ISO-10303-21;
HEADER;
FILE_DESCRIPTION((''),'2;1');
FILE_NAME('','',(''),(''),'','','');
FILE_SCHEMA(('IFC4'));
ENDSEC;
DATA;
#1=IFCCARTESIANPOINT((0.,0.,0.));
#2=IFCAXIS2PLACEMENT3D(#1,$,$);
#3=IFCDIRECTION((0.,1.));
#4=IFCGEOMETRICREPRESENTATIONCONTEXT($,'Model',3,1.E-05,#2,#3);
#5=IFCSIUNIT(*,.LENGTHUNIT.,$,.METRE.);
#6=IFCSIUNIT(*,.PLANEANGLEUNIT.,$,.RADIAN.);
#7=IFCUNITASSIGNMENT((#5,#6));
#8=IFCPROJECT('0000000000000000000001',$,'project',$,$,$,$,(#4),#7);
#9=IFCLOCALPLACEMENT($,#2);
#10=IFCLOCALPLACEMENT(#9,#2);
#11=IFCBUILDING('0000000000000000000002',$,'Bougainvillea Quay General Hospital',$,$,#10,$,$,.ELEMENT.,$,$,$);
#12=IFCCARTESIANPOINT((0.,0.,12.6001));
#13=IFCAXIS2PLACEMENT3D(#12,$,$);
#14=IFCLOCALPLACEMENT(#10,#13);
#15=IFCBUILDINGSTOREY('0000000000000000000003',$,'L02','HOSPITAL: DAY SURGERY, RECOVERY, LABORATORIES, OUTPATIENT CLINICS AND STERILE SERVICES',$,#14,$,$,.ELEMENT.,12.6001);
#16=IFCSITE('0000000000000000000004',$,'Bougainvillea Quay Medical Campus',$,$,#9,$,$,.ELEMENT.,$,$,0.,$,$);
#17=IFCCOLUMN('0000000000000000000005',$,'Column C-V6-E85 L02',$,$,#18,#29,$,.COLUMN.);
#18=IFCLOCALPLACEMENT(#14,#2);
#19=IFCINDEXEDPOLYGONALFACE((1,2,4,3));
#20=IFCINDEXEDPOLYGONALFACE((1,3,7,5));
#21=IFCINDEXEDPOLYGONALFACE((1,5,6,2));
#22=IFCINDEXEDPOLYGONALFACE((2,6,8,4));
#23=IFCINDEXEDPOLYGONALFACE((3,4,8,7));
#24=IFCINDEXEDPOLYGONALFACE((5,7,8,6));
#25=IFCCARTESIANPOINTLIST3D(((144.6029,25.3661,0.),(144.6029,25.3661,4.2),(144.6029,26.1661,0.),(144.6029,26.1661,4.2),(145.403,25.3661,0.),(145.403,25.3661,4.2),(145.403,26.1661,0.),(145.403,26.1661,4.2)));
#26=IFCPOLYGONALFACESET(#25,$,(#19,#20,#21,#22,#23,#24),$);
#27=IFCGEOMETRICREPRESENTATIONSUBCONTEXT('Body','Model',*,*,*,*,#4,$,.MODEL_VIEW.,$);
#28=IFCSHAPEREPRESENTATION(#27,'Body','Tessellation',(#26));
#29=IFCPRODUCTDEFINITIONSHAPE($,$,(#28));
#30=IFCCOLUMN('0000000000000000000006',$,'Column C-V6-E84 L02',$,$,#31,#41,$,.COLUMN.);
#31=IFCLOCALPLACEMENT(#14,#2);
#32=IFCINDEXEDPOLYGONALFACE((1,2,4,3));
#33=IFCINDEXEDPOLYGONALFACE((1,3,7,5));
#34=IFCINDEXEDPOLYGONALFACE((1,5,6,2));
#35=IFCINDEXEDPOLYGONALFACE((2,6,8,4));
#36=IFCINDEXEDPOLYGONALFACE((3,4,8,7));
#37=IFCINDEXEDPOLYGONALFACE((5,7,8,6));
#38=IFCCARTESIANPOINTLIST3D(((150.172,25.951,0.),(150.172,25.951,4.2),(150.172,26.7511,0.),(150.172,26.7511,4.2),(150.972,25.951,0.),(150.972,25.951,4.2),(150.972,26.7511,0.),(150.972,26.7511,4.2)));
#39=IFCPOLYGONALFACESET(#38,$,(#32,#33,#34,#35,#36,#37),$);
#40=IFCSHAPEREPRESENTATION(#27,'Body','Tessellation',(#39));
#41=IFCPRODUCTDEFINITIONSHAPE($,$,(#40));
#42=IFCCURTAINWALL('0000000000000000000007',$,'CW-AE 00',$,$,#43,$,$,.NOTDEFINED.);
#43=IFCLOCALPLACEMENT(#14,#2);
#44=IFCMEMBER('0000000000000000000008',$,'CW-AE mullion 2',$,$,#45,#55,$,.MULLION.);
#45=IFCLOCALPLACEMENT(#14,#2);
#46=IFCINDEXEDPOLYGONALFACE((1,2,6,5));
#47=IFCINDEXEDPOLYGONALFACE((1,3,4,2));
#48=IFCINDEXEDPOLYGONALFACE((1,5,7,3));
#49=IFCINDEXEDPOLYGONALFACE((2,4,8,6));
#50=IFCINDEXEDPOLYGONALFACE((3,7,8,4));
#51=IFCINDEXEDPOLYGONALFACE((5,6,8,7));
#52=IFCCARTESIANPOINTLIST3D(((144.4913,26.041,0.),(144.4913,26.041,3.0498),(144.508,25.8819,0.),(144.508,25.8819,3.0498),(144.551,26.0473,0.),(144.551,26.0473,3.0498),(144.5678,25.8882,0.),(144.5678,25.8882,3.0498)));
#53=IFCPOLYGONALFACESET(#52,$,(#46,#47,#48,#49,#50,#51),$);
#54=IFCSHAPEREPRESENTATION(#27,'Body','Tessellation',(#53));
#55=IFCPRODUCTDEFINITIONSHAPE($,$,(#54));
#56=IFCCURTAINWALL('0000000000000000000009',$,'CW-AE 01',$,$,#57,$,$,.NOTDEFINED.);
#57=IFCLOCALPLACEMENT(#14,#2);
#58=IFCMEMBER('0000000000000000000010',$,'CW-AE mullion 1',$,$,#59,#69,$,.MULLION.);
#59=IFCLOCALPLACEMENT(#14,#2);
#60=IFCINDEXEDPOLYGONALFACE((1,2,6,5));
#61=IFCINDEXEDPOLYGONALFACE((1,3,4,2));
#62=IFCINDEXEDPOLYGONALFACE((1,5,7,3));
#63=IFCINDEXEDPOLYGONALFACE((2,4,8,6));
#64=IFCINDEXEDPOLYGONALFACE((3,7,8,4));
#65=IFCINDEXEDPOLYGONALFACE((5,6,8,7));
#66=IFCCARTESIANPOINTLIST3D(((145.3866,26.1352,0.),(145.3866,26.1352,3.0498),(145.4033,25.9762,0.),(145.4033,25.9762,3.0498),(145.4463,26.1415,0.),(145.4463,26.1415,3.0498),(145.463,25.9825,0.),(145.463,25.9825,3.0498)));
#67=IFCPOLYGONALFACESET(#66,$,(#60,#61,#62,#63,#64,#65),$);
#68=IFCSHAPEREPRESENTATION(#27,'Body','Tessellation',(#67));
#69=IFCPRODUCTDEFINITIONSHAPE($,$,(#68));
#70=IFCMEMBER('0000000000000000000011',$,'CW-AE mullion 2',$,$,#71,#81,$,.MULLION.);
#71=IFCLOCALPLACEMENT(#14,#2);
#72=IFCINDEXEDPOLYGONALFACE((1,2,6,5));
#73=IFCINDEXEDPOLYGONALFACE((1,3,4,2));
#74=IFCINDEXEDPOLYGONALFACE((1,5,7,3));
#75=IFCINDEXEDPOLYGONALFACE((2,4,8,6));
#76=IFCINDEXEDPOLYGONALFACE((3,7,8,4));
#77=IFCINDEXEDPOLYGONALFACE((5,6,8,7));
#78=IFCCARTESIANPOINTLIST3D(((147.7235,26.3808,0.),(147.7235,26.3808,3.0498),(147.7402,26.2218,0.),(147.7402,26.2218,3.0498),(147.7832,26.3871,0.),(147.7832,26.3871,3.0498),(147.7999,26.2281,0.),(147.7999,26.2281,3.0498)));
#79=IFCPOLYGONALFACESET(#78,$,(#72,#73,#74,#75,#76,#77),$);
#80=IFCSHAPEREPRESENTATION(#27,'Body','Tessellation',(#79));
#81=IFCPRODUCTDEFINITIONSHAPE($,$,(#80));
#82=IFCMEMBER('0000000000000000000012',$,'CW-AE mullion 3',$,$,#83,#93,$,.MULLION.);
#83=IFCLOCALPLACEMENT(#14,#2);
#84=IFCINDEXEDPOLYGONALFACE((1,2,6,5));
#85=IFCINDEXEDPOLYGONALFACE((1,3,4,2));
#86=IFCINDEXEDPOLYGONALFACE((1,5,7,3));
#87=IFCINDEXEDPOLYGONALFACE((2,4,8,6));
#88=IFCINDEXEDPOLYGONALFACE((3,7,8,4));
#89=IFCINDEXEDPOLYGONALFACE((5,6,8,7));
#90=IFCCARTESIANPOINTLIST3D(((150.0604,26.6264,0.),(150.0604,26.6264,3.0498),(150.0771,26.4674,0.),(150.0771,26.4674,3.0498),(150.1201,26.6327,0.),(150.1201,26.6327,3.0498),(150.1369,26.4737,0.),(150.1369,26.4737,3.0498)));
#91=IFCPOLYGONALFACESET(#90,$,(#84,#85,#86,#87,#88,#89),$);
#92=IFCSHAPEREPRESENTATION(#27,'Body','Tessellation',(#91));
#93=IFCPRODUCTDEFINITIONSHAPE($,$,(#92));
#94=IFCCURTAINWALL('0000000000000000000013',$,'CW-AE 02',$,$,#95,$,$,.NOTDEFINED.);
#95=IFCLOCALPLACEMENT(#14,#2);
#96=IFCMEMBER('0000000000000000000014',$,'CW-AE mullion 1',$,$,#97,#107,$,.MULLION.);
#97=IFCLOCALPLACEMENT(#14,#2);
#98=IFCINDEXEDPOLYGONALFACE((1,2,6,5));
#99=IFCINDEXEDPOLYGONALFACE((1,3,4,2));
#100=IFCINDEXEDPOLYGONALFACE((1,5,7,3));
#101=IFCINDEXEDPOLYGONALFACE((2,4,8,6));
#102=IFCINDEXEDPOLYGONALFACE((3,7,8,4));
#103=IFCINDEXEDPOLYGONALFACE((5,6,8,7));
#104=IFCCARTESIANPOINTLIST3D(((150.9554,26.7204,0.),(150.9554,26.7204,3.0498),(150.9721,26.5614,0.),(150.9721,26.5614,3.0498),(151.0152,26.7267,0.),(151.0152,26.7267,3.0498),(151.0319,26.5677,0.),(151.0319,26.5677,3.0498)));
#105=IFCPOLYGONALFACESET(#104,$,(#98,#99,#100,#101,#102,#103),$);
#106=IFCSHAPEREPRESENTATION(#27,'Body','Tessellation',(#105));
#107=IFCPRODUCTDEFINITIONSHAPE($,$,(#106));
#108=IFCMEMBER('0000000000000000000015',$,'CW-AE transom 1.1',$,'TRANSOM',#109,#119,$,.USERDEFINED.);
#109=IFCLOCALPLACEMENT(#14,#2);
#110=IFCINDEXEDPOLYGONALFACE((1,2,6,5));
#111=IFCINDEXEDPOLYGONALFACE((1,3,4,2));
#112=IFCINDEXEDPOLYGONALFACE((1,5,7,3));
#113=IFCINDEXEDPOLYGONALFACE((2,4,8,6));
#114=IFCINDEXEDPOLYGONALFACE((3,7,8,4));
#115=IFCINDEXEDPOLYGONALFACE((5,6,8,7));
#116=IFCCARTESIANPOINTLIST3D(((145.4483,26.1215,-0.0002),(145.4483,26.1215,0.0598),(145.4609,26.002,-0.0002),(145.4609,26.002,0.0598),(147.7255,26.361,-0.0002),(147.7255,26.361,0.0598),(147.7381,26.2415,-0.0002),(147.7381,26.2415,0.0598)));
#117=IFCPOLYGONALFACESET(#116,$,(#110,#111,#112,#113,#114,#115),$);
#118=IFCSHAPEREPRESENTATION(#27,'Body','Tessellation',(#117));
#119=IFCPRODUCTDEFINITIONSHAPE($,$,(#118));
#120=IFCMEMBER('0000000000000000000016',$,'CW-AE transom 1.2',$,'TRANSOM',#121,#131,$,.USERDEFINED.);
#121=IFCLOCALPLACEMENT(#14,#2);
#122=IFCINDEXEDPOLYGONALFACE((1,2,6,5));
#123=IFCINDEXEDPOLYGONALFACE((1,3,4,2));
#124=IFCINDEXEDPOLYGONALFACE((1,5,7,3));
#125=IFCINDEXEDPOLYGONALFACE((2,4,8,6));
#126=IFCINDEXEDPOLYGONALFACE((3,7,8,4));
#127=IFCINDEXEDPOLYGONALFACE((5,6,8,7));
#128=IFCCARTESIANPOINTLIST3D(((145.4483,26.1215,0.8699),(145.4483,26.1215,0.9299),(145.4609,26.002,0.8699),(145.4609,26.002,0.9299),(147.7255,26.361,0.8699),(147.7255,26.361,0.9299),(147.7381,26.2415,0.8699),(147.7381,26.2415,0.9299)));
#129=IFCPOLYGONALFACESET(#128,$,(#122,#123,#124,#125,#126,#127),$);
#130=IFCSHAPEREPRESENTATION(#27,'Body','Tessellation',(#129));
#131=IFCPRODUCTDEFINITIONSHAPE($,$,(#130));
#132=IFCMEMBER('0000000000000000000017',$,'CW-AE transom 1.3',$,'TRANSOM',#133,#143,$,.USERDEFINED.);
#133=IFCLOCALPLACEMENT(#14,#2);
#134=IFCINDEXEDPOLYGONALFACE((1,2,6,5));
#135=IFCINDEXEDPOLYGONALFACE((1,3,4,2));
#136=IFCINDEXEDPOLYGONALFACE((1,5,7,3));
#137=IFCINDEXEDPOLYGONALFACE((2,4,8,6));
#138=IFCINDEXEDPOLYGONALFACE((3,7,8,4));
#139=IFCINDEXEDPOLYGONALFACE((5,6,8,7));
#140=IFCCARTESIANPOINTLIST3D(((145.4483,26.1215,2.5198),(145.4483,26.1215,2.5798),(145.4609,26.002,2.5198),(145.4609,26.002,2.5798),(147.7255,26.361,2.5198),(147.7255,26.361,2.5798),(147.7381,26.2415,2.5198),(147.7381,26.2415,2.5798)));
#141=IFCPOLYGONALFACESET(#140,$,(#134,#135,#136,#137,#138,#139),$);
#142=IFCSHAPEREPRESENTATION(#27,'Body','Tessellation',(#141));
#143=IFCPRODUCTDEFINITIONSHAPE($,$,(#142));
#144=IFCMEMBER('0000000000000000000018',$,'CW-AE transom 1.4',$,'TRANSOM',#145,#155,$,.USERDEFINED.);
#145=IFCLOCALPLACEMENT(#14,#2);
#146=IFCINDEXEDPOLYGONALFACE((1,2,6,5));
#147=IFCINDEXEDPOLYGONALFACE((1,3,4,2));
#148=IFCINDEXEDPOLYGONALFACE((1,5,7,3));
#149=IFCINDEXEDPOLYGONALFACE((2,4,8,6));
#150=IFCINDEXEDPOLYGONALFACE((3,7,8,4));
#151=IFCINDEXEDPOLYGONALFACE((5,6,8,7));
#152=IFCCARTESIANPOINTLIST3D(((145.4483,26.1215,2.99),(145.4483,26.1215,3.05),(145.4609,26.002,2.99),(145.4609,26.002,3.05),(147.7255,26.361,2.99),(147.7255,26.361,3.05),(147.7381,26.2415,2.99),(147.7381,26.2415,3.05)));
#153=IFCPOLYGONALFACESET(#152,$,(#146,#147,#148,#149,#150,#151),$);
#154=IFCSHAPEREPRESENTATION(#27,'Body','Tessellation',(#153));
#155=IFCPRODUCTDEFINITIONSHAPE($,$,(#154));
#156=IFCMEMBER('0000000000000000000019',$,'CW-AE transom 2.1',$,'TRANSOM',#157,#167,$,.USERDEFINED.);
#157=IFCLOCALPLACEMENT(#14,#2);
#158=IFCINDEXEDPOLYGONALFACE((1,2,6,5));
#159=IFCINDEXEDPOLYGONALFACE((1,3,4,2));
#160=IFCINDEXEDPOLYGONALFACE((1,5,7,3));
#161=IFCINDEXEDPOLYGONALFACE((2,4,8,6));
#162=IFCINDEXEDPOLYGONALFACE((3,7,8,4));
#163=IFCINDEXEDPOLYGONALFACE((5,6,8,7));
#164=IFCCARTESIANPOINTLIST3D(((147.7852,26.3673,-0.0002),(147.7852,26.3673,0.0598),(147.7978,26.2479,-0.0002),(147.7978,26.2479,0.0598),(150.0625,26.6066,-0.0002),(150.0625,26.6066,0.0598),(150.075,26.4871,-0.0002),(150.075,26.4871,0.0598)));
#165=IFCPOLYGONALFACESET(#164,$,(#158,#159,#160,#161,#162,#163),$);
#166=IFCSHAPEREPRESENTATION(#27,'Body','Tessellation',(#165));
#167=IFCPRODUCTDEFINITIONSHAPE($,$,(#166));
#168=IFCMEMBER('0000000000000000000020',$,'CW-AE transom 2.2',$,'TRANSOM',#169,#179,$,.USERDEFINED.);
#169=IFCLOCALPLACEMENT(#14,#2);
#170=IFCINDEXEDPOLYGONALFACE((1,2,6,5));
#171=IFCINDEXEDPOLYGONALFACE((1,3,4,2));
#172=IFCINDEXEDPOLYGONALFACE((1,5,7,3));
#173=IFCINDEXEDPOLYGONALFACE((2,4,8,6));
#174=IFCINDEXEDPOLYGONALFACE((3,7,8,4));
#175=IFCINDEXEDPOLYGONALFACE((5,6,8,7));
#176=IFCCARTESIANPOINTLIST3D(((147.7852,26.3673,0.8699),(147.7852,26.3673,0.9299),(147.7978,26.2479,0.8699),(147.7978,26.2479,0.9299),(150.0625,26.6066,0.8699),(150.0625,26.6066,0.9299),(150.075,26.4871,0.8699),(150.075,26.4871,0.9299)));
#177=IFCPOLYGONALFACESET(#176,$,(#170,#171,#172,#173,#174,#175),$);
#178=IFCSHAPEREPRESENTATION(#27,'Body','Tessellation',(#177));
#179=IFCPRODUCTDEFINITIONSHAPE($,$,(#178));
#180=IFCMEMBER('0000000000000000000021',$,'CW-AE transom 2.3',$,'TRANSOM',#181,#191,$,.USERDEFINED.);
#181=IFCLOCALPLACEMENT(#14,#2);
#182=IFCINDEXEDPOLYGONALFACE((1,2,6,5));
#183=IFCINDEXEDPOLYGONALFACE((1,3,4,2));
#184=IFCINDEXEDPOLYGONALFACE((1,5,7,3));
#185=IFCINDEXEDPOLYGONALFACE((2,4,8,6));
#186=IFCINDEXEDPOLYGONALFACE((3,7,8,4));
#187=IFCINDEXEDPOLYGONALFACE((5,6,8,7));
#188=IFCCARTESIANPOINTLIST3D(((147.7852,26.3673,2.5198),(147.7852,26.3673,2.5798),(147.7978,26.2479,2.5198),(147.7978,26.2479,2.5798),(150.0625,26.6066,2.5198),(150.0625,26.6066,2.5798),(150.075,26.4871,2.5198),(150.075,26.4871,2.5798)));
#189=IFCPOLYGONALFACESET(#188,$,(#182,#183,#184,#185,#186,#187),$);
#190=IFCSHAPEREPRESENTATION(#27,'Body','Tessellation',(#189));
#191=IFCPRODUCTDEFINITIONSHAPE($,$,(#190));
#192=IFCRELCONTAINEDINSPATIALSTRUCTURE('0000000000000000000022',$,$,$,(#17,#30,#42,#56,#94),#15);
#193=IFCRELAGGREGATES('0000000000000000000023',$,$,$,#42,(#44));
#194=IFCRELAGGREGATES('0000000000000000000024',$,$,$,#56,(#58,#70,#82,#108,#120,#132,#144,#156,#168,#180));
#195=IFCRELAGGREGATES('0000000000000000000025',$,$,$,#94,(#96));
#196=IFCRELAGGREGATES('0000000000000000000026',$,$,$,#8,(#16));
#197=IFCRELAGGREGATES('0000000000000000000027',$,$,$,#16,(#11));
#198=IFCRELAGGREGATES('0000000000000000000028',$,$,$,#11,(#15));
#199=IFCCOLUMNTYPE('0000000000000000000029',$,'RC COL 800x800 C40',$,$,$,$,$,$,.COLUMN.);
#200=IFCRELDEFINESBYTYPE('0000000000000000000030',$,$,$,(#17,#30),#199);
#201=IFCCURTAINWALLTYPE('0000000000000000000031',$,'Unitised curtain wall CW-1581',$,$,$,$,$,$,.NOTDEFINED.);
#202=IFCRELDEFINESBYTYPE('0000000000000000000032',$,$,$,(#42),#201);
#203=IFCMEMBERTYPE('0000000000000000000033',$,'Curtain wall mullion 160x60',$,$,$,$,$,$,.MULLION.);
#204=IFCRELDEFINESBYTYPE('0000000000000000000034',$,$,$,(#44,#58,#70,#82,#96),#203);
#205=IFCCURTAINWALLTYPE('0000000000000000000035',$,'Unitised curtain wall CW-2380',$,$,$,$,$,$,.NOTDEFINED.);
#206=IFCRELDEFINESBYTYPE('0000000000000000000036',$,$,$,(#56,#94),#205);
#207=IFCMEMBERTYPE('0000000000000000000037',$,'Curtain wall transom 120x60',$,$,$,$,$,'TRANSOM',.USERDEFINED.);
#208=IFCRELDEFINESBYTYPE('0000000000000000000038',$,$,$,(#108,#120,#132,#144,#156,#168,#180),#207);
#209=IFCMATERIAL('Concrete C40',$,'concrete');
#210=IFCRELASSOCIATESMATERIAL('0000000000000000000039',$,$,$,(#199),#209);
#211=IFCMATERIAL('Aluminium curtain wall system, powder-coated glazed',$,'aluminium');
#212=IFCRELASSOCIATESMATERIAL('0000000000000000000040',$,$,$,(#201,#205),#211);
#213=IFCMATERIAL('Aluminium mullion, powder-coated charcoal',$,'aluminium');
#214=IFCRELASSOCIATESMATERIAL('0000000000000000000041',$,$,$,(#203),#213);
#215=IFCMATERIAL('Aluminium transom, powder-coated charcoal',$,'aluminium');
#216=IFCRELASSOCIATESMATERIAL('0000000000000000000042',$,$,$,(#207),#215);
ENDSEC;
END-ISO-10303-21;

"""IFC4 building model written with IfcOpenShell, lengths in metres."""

from ifc_helpers import new_model, si_unit, direction, frame, origin, origin_2d, place, context, subcontext, project, spatial, rectangle, extrude, material, material_profile, profile_set, type_object, element, aggregate, save


model = new_model("IFC4")

# Units and contexts
model_context = context("Model", 3, precision=1e-05, world=origin(), true_north=direction((0.0, 1.0)))
body_context = subcontext(model_context, "Body", "Model", "MODEL_VIEW")
ifc_project = project(units=[si_unit("LENGTHUNIT", "METRE"), si_unit("PLANEANGLEUNIT", "RADIAN")], contexts=[model_context])

# Site, building, storey
site_placement = place(None, origin())
site = spatial("IfcSite", under=ifc_project, at=site_placement, Name="Bougainvillea Quay Medical Campus", CompositionType="ELEMENT", RefElevation=0.0)
building_placement = place(site_placement, origin())
building = spatial("IfcBuilding", under=site, at=building_placement, Name="Bougainvillea Quay General Hospital", CompositionType="ELEMENT")
storey_placement = place(building_placement, frame((0.0, 0.0, 12.6001)))
storey = spatial("IfcBuildingStorey", under=building, at=storey_placement, Name="L02", Description="HOSPITAL: DAY SURGERY, RECOVERY, LABORATORIES, OUTPATIENT CLINICS AND STERILE SERVICES", CompositionType="ELEMENT", Elevation=12.6001)

# Columns
ifc_material_1 = material(Name="Concrete C40", Category="concrete")
ifc_material_profile_1 = material_profile(ifc_material_1, rectangle(XDim=0.8, YDim=0.8, at=origin_2d()))
ifc_profile_set_1 = profile_set([ifc_material_profile_1], Name="Concrete C40")
column_type = type_object("IfcColumnType", Name="RC COL 800x800 C40", PredefinedType="COLUMN", material=ifc_profile_set_1)
for number, where, z_axis, x_axis, name in (
    (1, (145.0029, 25.7661, 0.0), (0.0, 0.0, 1.0), (1.0, 0.0, 0.0), "Column C-V6-E85 L02"),
    (2, (150.572, 26.3511, 0.0), (0.0, 0.0, 1.0), (1.0, 0.0, 0.0), "Column C-V6-E84 L02"),
):
    element("IfcColumn", number, at=place(storey_placement, frame(where, z_axis=z_axis, x_axis=x_axis)), inside=storey, type_object=column_type, Name=name, PredefinedType="COLUMN", context=body_context, shape_type="SweptSolid", body=[
        extrude(rectangle(XDim=0.8, YDim=0.8, at=origin_2d()), origin(), (0.0, 0.0, 1.0), 4.2),
    ])

# Curtain wall, member
ifc_material_2 = material(Name="Aluminium curtain wall system, powder-coated glazed", Category="aluminium")
curtain_wall_type_1 = type_object("IfcCurtainWallType", Name="Unitised curtain wall CW-1581", PredefinedType="NOTDEFINED", material=ifc_material_2)
curtain_wall_1_placement = place(storey_placement, origin())
curtain_wall_1 = element("IfcCurtainWall", 3, at=curtain_wall_1_placement, inside=storey, type_object=curtain_wall_type_1, Name="CW-AE 00", PredefinedType="NOTDEFINED")
ifc_material_3 = material(Name="Aluminium mullion, powder-coated charcoal", Category="aluminium")
ifc_material_profile_2 = material_profile(ifc_material_3, rectangle(XDim=0.1599, YDim=0.0601, at=origin_2d()))
ifc_profile_set_2 = profile_set([ifc_material_profile_2], Name="Aluminium mullion, powder-coated charcoal")
member_type_1 = type_object("IfcMemberType", Name="Curtain wall mullion 160x60", PredefinedType="MULLION", material=ifc_profile_set_2)
member_1_placement = place(storey_placement, frame((144.5295, 25.9646, 0.0), z_axis=(0.0, 0.0, 1.0), x_axis=(-0.104527, 0.994522, 0.0)))
member_1 = element("IfcMember", 4, at=member_1_placement, type_object=member_type_1, Name="CW-AE mullion 2", PredefinedType="MULLION", context=body_context, shape_type="SweptSolid", body=[
    extrude(rectangle(XDim=0.1599, YDim=0.0601, at=origin_2d()), origin(), (0.0, 0.0, 1.0), 3.0498),
])

# Curtain wall, members
curtain_wall_type_2 = type_object("IfcCurtainWallType", Name="Unitised curtain wall CW-2380", PredefinedType="NOTDEFINED", material=ifc_material_2)
curtain_wall_2_placement = place(storey_placement, origin())
curtain_wall_2 = element("IfcCurtainWall", 5, at=curtain_wall_2_placement, inside=storey, type_object=curtain_wall_type_2, Name="CW-AE 01", PredefinedType="NOTDEFINED")
member_2_placement = place(storey_placement, frame((145.4248, 26.0588, 0.0), z_axis=(0.0, 0.0, 1.0), x_axis=(-0.104527, 0.994522, 0.0)))
member_2 = element("IfcMember", 6, at=member_2_placement, type_object=member_type_1, Name="CW-AE mullion 1", PredefinedType="MULLION", context=body_context, shape_type="SweptSolid", body=[
    extrude(rectangle(XDim=0.1599, YDim=0.0601, at=origin_2d()), origin(), (0.0, 0.0, 1.0), 3.0498),
])
member_3_placement = place(storey_placement, frame((147.7617, 26.3044, 0.0), z_axis=(0.0, 0.0, 1.0), x_axis=(-0.104527, 0.994522, 0.0)))
member_3 = element("IfcMember", 7, at=member_3_placement, type_object=member_type_1, Name="CW-AE mullion 2", PredefinedType="MULLION", context=body_context, shape_type="SweptSolid", body=[
    extrude(rectangle(XDim=0.1599, YDim=0.0601, at=origin_2d()), origin(), (0.0, 0.0, 1.0), 3.0498),
])
member_4_placement = place(storey_placement, frame((150.0986, 26.55, 0.0), z_axis=(0.0, 0.0, 1.0), x_axis=(-0.104527, 0.994522, 0.0)))
member_4 = element("IfcMember", 8, at=member_4_placement, type_object=member_type_1, Name="CW-AE mullion 3", PredefinedType="MULLION", context=body_context, shape_type="SweptSolid", body=[
    extrude(rectangle(XDim=0.1599, YDim=0.0601, at=origin_2d()), origin(), (0.0, 0.0, 1.0), 3.0498),
])

# Curtain wall, member
curtain_wall_3_placement = place(storey_placement, origin())
curtain_wall_3 = element("IfcCurtainWall", 9, at=curtain_wall_3_placement, inside=storey, type_object=curtain_wall_type_2, Name="CW-AE 02", PredefinedType="NOTDEFINED")
member_5_placement = place(storey_placement, frame((150.9937, 26.644, 0.0), z_axis=(0.0, 0.0, 1.0), x_axis=(-0.104527, 0.994522, 0.0)))
member_5 = element("IfcMember", 10, at=member_5_placement, type_object=member_type_1, Name="CW-AE mullion 1", PredefinedType="MULLION", context=body_context, shape_type="SweptSolid", body=[
    extrude(rectangle(XDim=0.1599, YDim=0.0601, at=origin_2d()), origin(), (0.0, 0.0, 1.0), 3.0498),
])

# Members
ifc_material_4 = material(Name="Aluminium transom, powder-coated charcoal", Category="aluminium")
ifc_material_profile_3 = material_profile(ifc_material_4, rectangle(XDim=0.1201, YDim=0.0601, at=origin_2d()))
ifc_profile_set_3 = profile_set([ifc_material_profile_3], Name="Aluminium transom, powder-coated charcoal")
member_type_2 = type_object("IfcMemberType", Name="Curtain wall transom 120x60", ElementType="TRANSOM", PredefinedType="USERDEFINED", material=ifc_profile_set_3)
member_6_placement = place(storey_placement, frame((145.4546, 26.0618, 0.0298), z_axis=(0.994515, 0.10459, 0.0), x_axis=(-0.10459, 0.994515, 0.0)))
member_6 = element("IfcMember", 11, at=member_6_placement, type_object=member_type_2, Name="CW-AE transom 1.1", ObjectType="TRANSOM", PredefinedType="USERDEFINED", context=body_context, shape_type="SweptSolid", body=[
    extrude(rectangle(XDim=0.1201, YDim=0.0601, at=origin_2d()), origin(), (0.0, 0.0, 1.0), 2.2898),
])
member_7_placement = place(storey_placement, frame((145.4546, 26.0618, 0.8999), z_axis=(0.994515, 0.10459, 0.0), x_axis=(-0.10459, 0.994515, 0.0)))
member_7 = element("IfcMember", 12, at=member_7_placement, type_object=member_type_2, Name="CW-AE transom 1.2", ObjectType="TRANSOM", PredefinedType="USERDEFINED", context=body_context, shape_type="SweptSolid", body=[
    extrude(rectangle(XDim=0.1201, YDim=0.0601, at=origin_2d()), origin(), (0.0, 0.0, 1.0), 2.2898),
])
member_8_placement = place(storey_placement, frame((145.4546, 26.0618, 2.5498), z_axis=(0.994515, 0.10459, 0.0), x_axis=(-0.10459, 0.994515, 0.0)))
member_8 = element("IfcMember", 13, at=member_8_placement, type_object=member_type_2, Name="CW-AE transom 1.3", ObjectType="TRANSOM", PredefinedType="USERDEFINED", context=body_context, shape_type="SweptSolid", body=[
    extrude(rectangle(XDim=0.1201, YDim=0.0601, at=origin_2d()), origin(), (0.0, 0.0, 1.0), 2.2898),
])
member_9_placement = place(storey_placement, frame((145.4546, 26.0618, 3.02), z_axis=(0.994515, 0.10459, 0.0), x_axis=(-0.10459, 0.994515, 0.0)))
member_9 = element("IfcMember", 14, at=member_9_placement, type_object=member_type_2, Name="CW-AE transom 1.4", ObjectType="TRANSOM", PredefinedType="USERDEFINED", context=body_context, shape_type="SweptSolid", body=[
    extrude(rectangle(XDim=0.1201, YDim=0.0601, at=origin_2d()), origin(), (0.0, 0.0, 1.0), 2.2898),
])
member_10_placement = place(storey_placement, frame((147.7915, 26.3076, 0.0298), z_axis=(0.994526, 0.104485, 0.0), x_axis=(-0.104485, 0.994526, 0.0)))
member_10 = element("IfcMember", 15, at=member_10_placement, type_object=member_type_2, Name="CW-AE transom 2.1", ObjectType="TRANSOM", PredefinedType="USERDEFINED", context=body_context, shape_type="SweptSolid", body=[
    extrude(rectangle(XDim=0.1201, YDim=0.0601, at=origin_2d()), origin(), (0.0, 0.0, 1.0), 2.2898),
])
member_11_placement = place(storey_placement, frame((147.7915, 26.3076, 0.8999), z_axis=(0.994526, 0.104485, 0.0), x_axis=(-0.104485, 0.994526, 0.0)))
member_11 = element("IfcMember", 16, at=member_11_placement, type_object=member_type_2, Name="CW-AE transom 2.2", ObjectType="TRANSOM", PredefinedType="USERDEFINED", context=body_context, shape_type="SweptSolid", body=[
    extrude(rectangle(XDim=0.1201, YDim=0.0601, at=origin_2d()), origin(), (0.0, 0.0, 1.0), 2.2898),
])
member_12_placement = place(storey_placement, frame((147.7915, 26.3076, 2.5498), z_axis=(0.994526, 0.104485, 0.0), x_axis=(-0.104485, 0.994526, 0.0)))
member_12 = element("IfcMember", 17, at=member_12_placement, type_object=member_type_2, Name="CW-AE transom 2.3", ObjectType="TRANSOM", PredefinedType="USERDEFINED", context=body_context, shape_type="SweptSolid", body=[
    extrude(rectangle(XDim=0.1201, YDim=0.0601, at=origin_2d()), origin(), (0.0, 0.0, 1.0), 2.2898),
])

aggregate(curtain_wall_1, [member_1])
aggregate(curtain_wall_2, [member_2, member_3, member_4, member_6, member_7, member_8, member_9, member_10, member_11, member_12])
aggregate(curtain_wall_3, [member_5])

save(model, "model.ifc")
